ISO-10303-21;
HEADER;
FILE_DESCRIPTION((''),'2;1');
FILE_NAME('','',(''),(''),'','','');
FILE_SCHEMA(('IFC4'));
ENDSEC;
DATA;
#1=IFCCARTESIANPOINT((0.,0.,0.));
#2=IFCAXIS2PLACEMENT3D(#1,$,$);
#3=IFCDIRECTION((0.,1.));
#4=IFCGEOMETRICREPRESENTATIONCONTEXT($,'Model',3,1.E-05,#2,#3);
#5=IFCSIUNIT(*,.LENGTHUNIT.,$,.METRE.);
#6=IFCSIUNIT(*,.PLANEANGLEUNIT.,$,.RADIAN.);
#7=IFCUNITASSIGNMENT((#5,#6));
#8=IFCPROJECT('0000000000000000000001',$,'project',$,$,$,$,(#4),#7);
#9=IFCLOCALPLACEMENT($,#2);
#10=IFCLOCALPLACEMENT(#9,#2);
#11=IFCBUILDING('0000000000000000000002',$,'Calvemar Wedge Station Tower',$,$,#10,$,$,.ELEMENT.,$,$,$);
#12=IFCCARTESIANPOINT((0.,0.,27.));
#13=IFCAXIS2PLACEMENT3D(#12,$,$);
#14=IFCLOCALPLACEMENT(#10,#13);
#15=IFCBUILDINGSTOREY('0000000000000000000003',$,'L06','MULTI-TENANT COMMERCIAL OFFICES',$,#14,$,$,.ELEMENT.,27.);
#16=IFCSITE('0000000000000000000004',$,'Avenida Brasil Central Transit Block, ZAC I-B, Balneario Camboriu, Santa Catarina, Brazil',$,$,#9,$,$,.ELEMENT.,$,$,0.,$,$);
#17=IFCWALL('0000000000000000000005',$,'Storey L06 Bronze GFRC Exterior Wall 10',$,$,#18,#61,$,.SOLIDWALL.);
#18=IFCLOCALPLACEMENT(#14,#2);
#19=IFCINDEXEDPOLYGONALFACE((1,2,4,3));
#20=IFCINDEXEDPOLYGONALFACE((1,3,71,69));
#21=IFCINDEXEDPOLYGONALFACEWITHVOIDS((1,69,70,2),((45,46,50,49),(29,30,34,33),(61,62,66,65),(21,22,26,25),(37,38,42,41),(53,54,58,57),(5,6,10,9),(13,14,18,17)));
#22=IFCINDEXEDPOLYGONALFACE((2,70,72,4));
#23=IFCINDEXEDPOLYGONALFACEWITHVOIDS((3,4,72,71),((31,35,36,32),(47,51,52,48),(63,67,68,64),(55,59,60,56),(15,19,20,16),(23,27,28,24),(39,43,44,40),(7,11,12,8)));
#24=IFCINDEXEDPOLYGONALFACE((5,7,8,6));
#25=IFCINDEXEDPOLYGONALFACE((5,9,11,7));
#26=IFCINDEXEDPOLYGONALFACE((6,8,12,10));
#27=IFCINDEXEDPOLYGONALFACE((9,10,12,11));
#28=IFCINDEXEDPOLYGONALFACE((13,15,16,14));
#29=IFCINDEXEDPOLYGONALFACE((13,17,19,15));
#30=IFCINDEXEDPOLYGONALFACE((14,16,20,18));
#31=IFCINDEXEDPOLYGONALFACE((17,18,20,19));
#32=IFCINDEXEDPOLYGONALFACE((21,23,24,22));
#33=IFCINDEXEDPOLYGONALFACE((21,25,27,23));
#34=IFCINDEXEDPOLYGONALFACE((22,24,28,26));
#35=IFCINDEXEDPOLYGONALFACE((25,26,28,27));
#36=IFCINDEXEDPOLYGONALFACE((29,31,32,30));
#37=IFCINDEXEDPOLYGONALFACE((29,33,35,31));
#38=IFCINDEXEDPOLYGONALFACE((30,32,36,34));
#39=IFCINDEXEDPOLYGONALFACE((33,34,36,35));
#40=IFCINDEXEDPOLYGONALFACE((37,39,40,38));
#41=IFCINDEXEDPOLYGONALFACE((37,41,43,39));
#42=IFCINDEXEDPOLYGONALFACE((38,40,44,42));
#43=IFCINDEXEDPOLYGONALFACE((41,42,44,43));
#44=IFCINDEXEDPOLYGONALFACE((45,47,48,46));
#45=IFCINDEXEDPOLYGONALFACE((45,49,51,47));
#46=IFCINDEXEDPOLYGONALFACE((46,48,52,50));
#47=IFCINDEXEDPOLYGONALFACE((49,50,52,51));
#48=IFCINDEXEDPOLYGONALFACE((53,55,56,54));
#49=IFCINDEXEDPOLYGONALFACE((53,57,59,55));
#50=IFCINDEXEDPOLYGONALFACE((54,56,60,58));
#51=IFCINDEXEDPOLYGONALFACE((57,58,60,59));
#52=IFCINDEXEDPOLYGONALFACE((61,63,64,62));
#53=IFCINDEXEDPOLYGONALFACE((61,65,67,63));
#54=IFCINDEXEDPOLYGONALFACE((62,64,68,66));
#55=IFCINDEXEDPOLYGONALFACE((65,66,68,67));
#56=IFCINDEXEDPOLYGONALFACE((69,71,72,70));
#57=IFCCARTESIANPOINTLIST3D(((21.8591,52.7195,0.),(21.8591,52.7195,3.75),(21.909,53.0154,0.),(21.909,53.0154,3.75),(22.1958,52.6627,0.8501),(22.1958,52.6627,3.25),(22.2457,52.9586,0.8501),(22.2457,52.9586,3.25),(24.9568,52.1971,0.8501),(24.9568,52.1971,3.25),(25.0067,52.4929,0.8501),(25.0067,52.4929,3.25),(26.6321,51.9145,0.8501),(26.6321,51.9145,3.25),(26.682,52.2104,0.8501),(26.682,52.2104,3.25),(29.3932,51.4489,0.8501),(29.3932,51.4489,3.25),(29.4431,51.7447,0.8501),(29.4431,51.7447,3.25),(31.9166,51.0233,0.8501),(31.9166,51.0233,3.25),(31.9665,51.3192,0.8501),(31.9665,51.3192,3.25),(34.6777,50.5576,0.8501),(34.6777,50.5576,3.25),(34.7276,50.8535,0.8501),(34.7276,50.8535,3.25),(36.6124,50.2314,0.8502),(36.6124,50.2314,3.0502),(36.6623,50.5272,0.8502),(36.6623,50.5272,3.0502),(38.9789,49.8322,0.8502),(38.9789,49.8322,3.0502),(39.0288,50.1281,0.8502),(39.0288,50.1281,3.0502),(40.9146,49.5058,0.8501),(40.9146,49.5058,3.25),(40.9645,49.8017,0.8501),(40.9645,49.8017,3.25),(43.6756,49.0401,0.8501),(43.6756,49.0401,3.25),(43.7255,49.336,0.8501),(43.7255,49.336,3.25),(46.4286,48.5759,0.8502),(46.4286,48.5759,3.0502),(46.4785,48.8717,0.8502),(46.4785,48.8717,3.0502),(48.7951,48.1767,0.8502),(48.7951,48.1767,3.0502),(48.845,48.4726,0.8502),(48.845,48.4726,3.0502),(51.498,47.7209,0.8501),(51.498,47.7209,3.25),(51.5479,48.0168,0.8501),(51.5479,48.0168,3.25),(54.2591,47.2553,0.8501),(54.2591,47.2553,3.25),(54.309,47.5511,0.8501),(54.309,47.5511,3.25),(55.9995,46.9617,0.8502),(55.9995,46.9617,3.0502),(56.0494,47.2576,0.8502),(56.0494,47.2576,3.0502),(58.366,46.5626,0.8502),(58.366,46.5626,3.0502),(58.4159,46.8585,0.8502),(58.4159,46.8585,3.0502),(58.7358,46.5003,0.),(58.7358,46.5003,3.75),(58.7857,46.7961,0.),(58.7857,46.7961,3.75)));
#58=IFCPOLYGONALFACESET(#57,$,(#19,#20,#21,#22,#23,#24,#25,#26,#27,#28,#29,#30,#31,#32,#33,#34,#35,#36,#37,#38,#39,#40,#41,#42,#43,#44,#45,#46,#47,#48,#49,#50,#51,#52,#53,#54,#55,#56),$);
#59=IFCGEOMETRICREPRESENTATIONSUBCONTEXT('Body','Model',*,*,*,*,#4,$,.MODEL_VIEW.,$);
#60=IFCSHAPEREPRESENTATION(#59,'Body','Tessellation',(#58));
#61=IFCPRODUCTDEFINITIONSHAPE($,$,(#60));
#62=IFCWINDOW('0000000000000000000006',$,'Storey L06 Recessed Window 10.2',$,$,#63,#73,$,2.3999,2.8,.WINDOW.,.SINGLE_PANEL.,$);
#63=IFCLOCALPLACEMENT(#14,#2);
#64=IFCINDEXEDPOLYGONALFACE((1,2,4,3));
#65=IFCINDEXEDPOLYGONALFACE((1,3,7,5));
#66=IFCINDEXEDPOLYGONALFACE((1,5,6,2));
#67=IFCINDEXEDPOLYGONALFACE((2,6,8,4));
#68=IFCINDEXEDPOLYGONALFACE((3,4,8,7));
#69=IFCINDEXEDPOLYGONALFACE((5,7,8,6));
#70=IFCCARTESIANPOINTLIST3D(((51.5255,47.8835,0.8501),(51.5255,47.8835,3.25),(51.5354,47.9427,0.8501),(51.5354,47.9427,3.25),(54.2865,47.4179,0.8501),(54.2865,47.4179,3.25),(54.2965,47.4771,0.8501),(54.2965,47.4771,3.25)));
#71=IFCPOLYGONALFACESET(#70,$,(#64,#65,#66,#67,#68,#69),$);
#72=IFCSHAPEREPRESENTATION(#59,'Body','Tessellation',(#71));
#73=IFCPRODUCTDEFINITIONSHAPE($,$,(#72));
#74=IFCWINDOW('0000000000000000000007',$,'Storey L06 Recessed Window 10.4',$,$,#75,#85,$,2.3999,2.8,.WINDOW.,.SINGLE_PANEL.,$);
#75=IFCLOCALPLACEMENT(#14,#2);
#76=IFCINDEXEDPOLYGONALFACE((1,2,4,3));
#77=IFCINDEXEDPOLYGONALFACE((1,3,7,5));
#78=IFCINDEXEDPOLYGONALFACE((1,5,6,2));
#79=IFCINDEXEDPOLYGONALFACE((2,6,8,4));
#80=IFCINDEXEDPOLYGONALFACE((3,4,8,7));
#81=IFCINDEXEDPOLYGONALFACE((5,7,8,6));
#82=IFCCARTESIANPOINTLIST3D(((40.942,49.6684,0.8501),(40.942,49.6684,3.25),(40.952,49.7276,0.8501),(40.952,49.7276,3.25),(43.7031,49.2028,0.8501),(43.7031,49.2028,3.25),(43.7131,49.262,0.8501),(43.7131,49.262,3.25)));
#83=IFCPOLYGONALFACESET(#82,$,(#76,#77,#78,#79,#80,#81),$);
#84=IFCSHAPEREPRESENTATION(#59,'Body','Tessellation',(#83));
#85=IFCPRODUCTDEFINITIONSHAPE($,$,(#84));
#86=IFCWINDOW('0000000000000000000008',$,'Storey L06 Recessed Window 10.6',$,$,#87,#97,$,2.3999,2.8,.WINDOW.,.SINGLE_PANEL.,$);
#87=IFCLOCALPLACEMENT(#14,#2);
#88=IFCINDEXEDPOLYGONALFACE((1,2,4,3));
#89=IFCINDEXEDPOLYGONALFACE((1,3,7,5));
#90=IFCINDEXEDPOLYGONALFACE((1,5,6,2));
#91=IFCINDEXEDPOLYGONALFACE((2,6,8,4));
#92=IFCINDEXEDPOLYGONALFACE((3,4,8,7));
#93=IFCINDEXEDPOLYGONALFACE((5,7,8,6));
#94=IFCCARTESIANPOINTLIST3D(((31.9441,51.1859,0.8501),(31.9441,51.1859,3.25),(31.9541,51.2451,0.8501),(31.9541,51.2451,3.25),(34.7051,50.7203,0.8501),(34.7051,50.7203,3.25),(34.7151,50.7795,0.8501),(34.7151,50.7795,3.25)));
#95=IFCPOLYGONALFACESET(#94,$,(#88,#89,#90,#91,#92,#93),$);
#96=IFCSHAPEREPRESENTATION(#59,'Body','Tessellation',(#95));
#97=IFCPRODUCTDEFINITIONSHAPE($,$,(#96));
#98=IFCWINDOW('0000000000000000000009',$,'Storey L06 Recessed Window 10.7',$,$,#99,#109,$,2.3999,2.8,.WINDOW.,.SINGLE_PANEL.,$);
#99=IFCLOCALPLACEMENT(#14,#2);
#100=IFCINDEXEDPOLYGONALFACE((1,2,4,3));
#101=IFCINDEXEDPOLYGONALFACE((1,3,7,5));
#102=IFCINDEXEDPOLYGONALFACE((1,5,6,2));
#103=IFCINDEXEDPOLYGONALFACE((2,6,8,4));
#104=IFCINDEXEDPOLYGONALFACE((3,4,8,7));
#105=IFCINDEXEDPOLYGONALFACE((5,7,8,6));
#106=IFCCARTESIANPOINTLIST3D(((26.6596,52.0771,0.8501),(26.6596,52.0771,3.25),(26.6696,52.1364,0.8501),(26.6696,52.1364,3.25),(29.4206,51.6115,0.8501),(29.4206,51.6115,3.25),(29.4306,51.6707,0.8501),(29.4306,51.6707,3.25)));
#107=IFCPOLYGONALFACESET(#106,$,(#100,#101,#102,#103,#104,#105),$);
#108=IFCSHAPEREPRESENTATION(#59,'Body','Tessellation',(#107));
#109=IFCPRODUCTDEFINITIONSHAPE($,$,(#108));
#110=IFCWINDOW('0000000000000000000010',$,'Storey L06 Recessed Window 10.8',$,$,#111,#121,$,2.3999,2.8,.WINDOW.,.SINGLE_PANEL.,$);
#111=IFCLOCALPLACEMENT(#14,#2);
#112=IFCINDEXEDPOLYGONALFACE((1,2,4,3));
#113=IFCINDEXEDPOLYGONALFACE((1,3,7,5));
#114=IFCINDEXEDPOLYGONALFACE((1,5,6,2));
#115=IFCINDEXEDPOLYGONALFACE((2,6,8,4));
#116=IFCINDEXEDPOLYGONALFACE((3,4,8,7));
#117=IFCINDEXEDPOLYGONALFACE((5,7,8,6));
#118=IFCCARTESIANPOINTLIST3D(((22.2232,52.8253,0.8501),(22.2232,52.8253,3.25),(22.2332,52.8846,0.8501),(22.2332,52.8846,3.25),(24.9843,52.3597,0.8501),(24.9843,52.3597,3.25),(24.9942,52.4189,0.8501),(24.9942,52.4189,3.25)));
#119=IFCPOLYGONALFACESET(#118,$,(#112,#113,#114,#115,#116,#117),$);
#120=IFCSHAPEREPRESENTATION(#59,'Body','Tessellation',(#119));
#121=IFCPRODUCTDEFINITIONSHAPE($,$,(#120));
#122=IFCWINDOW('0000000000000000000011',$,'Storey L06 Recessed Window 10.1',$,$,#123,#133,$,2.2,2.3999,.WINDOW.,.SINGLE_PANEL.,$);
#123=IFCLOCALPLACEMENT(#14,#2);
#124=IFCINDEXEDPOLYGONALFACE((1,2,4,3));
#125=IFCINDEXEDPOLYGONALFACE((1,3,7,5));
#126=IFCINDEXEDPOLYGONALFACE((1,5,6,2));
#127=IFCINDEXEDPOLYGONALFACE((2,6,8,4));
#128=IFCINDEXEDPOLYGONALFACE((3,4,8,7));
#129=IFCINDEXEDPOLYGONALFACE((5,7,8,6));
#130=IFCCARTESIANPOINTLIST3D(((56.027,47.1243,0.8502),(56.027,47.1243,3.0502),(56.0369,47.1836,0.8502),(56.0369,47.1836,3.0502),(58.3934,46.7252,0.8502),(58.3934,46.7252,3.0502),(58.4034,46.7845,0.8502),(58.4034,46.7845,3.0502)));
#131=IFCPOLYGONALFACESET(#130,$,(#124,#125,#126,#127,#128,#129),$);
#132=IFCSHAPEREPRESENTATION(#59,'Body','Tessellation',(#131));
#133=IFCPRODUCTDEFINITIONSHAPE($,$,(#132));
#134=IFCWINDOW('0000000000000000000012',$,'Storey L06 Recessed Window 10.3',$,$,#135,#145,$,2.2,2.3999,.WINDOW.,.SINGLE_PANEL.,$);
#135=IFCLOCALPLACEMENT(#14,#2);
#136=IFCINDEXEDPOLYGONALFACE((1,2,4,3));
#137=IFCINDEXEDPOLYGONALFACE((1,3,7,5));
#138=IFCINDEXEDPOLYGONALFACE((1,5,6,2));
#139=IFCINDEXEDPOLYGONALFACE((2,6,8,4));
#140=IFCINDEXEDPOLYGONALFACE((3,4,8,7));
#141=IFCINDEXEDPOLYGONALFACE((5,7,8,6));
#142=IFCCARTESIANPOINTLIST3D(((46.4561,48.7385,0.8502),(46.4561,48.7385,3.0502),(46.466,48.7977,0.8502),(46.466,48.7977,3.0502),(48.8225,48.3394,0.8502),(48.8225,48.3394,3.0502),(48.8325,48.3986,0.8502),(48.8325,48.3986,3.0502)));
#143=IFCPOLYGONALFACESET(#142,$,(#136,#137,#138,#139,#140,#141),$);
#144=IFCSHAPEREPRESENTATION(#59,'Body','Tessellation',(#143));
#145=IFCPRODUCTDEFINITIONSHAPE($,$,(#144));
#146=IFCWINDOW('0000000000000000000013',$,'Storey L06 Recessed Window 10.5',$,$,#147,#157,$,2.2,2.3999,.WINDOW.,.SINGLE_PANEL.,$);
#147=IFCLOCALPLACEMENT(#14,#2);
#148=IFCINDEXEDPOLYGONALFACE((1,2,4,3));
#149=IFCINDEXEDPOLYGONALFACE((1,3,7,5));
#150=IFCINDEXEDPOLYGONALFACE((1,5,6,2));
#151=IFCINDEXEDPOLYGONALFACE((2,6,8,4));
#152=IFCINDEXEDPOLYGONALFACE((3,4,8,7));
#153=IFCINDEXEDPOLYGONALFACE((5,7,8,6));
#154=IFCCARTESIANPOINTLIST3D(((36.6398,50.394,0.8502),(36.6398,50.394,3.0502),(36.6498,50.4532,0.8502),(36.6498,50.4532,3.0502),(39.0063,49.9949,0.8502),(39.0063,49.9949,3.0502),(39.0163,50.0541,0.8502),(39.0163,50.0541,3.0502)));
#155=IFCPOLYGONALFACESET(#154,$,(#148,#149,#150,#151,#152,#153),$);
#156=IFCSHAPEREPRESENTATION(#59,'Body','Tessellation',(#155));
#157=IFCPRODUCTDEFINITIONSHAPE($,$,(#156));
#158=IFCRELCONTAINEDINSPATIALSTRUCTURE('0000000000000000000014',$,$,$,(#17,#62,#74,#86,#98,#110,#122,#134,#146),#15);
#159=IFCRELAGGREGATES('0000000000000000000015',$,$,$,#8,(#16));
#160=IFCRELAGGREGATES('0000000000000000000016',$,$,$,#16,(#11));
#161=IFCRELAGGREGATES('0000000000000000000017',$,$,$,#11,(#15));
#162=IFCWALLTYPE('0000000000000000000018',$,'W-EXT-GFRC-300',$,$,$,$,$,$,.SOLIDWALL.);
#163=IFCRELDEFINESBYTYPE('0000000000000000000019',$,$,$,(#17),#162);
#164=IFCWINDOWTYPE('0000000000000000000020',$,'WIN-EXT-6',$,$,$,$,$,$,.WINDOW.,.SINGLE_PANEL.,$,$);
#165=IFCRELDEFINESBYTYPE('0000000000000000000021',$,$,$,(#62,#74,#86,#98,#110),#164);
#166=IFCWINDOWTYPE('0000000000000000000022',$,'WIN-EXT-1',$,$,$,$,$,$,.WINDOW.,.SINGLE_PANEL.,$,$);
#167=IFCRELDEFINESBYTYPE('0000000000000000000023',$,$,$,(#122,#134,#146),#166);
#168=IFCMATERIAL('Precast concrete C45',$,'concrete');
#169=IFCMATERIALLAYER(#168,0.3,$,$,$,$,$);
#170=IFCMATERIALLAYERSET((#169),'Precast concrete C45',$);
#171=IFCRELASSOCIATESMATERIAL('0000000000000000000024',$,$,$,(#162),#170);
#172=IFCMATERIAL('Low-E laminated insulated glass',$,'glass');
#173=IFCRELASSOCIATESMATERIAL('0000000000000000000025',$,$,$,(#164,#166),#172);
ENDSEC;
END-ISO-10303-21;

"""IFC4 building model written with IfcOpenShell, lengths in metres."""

from ifc_helpers import new_model, si_unit, direction, frame, frame_2d, origin, place, context, subcontext, project, spatial, rectangle, extrude, source, transform, mapped, material, layer, layer_set, type_object, element, fill, save


model = new_model("IFC4")

# Units and contexts
model_context = context("Model", 3, precision=1e-05, world=origin(), true_north=direction((0.0, 1.0)))
body_context = subcontext(model_context, "Body", "Model", "MODEL_VIEW")
ifc_project = project(units=[si_unit("LENGTHUNIT", "METRE"), si_unit("PLANEANGLEUNIT", "RADIAN")], contexts=[model_context])

# Site, building, storey
site_placement = place(None, origin())
site = spatial("IfcSite", under=ifc_project, at=site_placement, Name="Avenida Brasil Central Transit Block, ZAC I-B, Balneario Camboriu, Santa Catarina, Brazil", CompositionType="ELEMENT", RefElevation=0.0)
building_placement = place(site_placement, origin())
building = spatial("IfcBuilding", under=site, at=building_placement, Name="Calvemar Wedge Station Tower", CompositionType="ELEMENT")
storey_placement = place(building_placement, frame((0.0, 0.0, 27.0)))
storey = spatial("IfcBuildingStorey", under=building, at=storey_placement, Name="L06", Description="MULTI-TENANT COMMERCIAL OFFICES", CompositionType="ELEMENT", Elevation=27.0)

# Shared definitions
ifc_material_1 = material(Name="Precast concrete C45", Category="concrete")
ifc_layer_1 = layer(ifc_material_1, 0.3)
ifc_layer_set_1 = layer_set([ifc_layer_1], Name="Precast concrete C45")
wall_type_1 = type_object("IfcWallType", Name="W-EXT-GFRC-300", PredefinedType="SOLIDWALL", material=ifc_layer_set_1)
ifc_material_2 = material(Name="Low-E laminated insulated glass", Category="glass")

# Wall, openings, windows
wall_1_placement = place(storey_placement, frame((58.7607, 46.6482, 0.0), z_axis=(0.0, 0.0, 1.0), x_axis=(-0.986075, 0.166301, 0.0)))
wall_1 = element("IfcWall", 1, at=wall_1_placement, inside=storey, type_object=wall_type_1, Name="Storey L06 Bronze GFRC Exterior Wall 10", PredefinedType="SOLIDWALL", context=body_context, shape_type="SweptSolid", body=[
    extrude(rectangle(XDim=37.3975, YDim=0.3, at=frame_2d((18.6987, 0.0))), origin(), (0.0, 0.0, 1.0), 3.75),
])
shared_shape_1 = source(origin(), body_context, "Body", "SweptSolid", [
    extrude(rectangle(XDim=2.3999, YDim=2.2, at=frame_2d((1.2, 1.1001))), frame((0.0, 0.1602, 0.0), z_axis=(0.0, -1.0, 0.0), x_axis=(1.0, 0.0, 0.0)), (0.0, 0.0, 1.0), 0.3201),
])
opening_1_placement = place(wall_1_placement, frame((0.375, 0.0, 0.8501)))
opening_1 = element("IfcOpeningElement", 2, at=opening_1_placement, cuts=wall_1, PredefinedType="OPENING", context=body_context, shape_type="MappedRepresentation", body=[
    mapped(shared_shape_1, transform((0.0, 0.0, 0.0), scale=1.0)),
])
shared_shape_2 = source(origin(), body_context, "Body", "SweptSolid", [
    extrude(rectangle(XDim=2.8, YDim=2.3999, at=frame_2d((1.3999, 1.2))), frame((0.0, 0.1602, 0.0), z_axis=(0.0, -1.0, 0.0), x_axis=(1.0, 0.0, 0.0)), (0.0, 0.0, 1.0), 0.3201),
])
opening_2_placement = place(wall_1_placement, frame((4.54, 0.0, 0.8501)))
opening_2 = element("IfcOpeningElement", 3, at=opening_2_placement, cuts=wall_1, PredefinedType="OPENING", context=body_context, shape_type="MappedRepresentation", body=[
    mapped(shared_shape_2, transform((0.0, 0.0, 0.0), scale=1.0)),
])
opening_3_placement = place(wall_1_placement, frame((10.0811, 0.0, 0.8501)))
opening_3 = element("IfcOpeningElement", 4, at=opening_3_placement, cuts=wall_1, PredefinedType="OPENING", context=body_context, shape_type="MappedRepresentation", body=[
    mapped(shared_shape_1, transform((0.0, 0.0, 0.0), scale=1.0)),
])
opening_4_placement = place(wall_1_placement, frame((15.2729, 0.0, 0.8501)))
opening_4 = element("IfcOpeningElement", 5, at=opening_4_placement, cuts=wall_1, PredefinedType="OPENING", context=body_context, shape_type="MappedRepresentation", body=[
    mapped(shared_shape_2, transform((0.0, 0.0, 0.0), scale=1.0)),
])
opening_5_placement = place(wall_1_placement, frame((20.0359, 0.0, 0.8501)))
opening_5 = element("IfcOpeningElement", 6, at=opening_5_placement, cuts=wall_1, PredefinedType="OPENING", context=body_context, shape_type="MappedRepresentation", body=[
    mapped(shared_shape_1, transform((0.0, 0.0, 0.0), scale=1.0)),
])
opening_6_placement = place(wall_1_placement, frame((24.3979, 0.0, 0.8501)))
opening_6 = element("IfcOpeningElement", 7, at=opening_6_placement, cuts=wall_1, PredefinedType="OPENING", context=body_context, shape_type="MappedRepresentation", body=[
    mapped(shared_shape_2, transform((0.0, 0.0, 0.0), scale=1.0)),
])
opening_7_placement = place(wall_1_placement, frame((29.7571, 0.0, 0.8501)))
opening_7 = element("IfcOpeningElement", 8, at=opening_7_placement, cuts=wall_1, PredefinedType="OPENING", context=body_context, shape_type="MappedRepresentation", body=[
    mapped(shared_shape_2, transform((0.0, 0.0, 0.0), scale=1.0)),
])
opening_8_placement = place(wall_1_placement, frame((34.2561, 0.0, 0.8501)))
opening_8 = element("IfcOpeningElement", 9, at=opening_8_placement, cuts=wall_1, PredefinedType="OPENING", context=body_context, shape_type="MappedRepresentation", body=[
    mapped(shared_shape_2, transform((0.0, 0.0, 0.0), scale=1.0)),
])
window_type_1 = type_object("IfcWindowType", Name="WIN-EXT-6", PartitioningType="SINGLE_PANEL", PredefinedType="WINDOW", material=ifc_material_2)
shared_shape_3 = source(origin(), body_context, "Body", "SweptSolid", [
    extrude(rectangle(XDim=2.8, YDim=2.3999, at=frame_2d((1.3999, 1.2))), frame((0.0, -0.0149, 0.0), z_axis=(0.0, -1.0, 0.0), x_axis=(1.0, 0.0, 0.0)), (0.0, 0.0, 1.0), 0.0601),
])
window_1_placement = place(opening_2_placement, origin())
window_1 = element("IfcWindow", 10, at=window_1_placement, inside=storey, type_object=window_type_1, Name="Storey L06 Recessed Window 10.2", OverallHeight=2.3999, OverallWidth=2.8, PartitioningType="SINGLE_PANEL", PredefinedType="WINDOW", context=body_context, shape_type="MappedRepresentation", body=[
    mapped(shared_shape_3, transform((0.0, 0.0, 0.0), scale=1.0)),
])
fill(opening_2, window_1)
window_2_placement = place(opening_4_placement, origin())
window_2 = element("IfcWindow", 11, at=window_2_placement, inside=storey, type_object=window_type_1, Name="Storey L06 Recessed Window 10.4", OverallHeight=2.3999, OverallWidth=2.8, PartitioningType="SINGLE_PANEL", PredefinedType="WINDOW", context=body_context, shape_type="MappedRepresentation", body=[
    mapped(shared_shape_3, transform((0.0, 0.0, 0.0), scale=1.0)),
])
fill(opening_4, window_2)
window_3_placement = place(opening_6_placement, origin())
window_3 = element("IfcWindow", 12, at=window_3_placement, inside=storey, type_object=window_type_1, Name="Storey L06 Recessed Window 10.6", OverallHeight=2.3999, OverallWidth=2.8, PartitioningType="SINGLE_PANEL", PredefinedType="WINDOW", context=body_context, shape_type="MappedRepresentation", body=[
    mapped(shared_shape_3, transform((0.0, 0.0, 0.0), scale=1.0)),
])
fill(opening_6, window_3)
window_4_placement = place(opening_7_placement, origin())
window_4 = element("IfcWindow", 13, at=window_4_placement, inside=storey, type_object=window_type_1, Name="Storey L06 Recessed Window 10.7", OverallHeight=2.3999, OverallWidth=2.8, PartitioningType="SINGLE_PANEL", PredefinedType="WINDOW", context=body_context, shape_type="MappedRepresentation", body=[
    mapped(shared_shape_3, transform((0.0, 0.0, 0.0), scale=1.0)),
])
fill(opening_7, window_4)
window_5_placement = place(opening_8_placement, origin())
window_5 = element("IfcWindow", 14, at=window_5_placement, inside=storey, type_object=window_type_1, Name="Storey L06 Recessed Window 10.8", OverallHeight=2.3999, OverallWidth=2.8, PartitioningType="SINGLE_PANEL", PredefinedType="WINDOW", context=body_context, shape_type="MappedRepresentation", body=[
    mapped(shared_shape_3, transform((0.0, 0.0, 0.0), scale=1.0)),
])
fill(opening_8, window_5)
window_type_2 = type_object("IfcWindowType", Name="WIN-EXT-1", PartitioningType="SINGLE_PANEL", PredefinedType="WINDOW", material=ifc_material_2)
shared_shape_4 = source(origin(), body_context, "Body", "SweptSolid", [
    extrude(rectangle(XDim=2.3999, YDim=2.2, at=frame_2d((1.2, 1.1001))), frame((0.0, -0.0149, 0.0), z_axis=(0.0, -1.0, 0.0), x_axis=(1.0, 0.0, 0.0)), (0.0, 0.0, 1.0), 0.0601),
])
window_6_placement = place(opening_1_placement, origin())
window_6 = element("IfcWindow", 15, at=window_6_placement, inside=storey, type_object=window_type_2, Name="Storey L06 Recessed Window 10.1", OverallHeight=2.2, OverallWidth=2.3999, PartitioningType="SINGLE_PANEL", PredefinedType="WINDOW", context=body_context, shape_type="MappedRepresentation", body=[
    mapped(shared_shape_4, transform((0.0, 0.0, 0.0), scale=1.0)),
])
fill(opening_1, window_6)
window_7_placement = place(opening_3_placement, origin())
window_7 = element("IfcWindow", 16, at=window_7_placement, inside=storey, type_object=window_type_2, Name="Storey L06 Recessed Window 10.3", OverallHeight=2.2, OverallWidth=2.3999, PartitioningType="SINGLE_PANEL", PredefinedType="WINDOW", context=body_context, shape_type="MappedRepresentation", body=[
    mapped(shared_shape_4, transform((0.0, 0.0, 0.0), scale=1.0)),
])
fill(opening_3, window_7)
window_8_placement = place(opening_5_placement, origin())
window_8 = element("IfcWindow", 17, at=window_8_placement, inside=storey, type_object=window_type_2, Name="Storey L06 Recessed Window 10.5", OverallHeight=2.2, OverallWidth=2.3999, PartitioningType="SINGLE_PANEL", PredefinedType="WINDOW", context=body_context, shape_type="MappedRepresentation", body=[
    mapped(shared_shape_4, transform((0.0, 0.0, 0.0), scale=1.0)),
])
fill(opening_5, window_8)

save(model, "model.ifc")
